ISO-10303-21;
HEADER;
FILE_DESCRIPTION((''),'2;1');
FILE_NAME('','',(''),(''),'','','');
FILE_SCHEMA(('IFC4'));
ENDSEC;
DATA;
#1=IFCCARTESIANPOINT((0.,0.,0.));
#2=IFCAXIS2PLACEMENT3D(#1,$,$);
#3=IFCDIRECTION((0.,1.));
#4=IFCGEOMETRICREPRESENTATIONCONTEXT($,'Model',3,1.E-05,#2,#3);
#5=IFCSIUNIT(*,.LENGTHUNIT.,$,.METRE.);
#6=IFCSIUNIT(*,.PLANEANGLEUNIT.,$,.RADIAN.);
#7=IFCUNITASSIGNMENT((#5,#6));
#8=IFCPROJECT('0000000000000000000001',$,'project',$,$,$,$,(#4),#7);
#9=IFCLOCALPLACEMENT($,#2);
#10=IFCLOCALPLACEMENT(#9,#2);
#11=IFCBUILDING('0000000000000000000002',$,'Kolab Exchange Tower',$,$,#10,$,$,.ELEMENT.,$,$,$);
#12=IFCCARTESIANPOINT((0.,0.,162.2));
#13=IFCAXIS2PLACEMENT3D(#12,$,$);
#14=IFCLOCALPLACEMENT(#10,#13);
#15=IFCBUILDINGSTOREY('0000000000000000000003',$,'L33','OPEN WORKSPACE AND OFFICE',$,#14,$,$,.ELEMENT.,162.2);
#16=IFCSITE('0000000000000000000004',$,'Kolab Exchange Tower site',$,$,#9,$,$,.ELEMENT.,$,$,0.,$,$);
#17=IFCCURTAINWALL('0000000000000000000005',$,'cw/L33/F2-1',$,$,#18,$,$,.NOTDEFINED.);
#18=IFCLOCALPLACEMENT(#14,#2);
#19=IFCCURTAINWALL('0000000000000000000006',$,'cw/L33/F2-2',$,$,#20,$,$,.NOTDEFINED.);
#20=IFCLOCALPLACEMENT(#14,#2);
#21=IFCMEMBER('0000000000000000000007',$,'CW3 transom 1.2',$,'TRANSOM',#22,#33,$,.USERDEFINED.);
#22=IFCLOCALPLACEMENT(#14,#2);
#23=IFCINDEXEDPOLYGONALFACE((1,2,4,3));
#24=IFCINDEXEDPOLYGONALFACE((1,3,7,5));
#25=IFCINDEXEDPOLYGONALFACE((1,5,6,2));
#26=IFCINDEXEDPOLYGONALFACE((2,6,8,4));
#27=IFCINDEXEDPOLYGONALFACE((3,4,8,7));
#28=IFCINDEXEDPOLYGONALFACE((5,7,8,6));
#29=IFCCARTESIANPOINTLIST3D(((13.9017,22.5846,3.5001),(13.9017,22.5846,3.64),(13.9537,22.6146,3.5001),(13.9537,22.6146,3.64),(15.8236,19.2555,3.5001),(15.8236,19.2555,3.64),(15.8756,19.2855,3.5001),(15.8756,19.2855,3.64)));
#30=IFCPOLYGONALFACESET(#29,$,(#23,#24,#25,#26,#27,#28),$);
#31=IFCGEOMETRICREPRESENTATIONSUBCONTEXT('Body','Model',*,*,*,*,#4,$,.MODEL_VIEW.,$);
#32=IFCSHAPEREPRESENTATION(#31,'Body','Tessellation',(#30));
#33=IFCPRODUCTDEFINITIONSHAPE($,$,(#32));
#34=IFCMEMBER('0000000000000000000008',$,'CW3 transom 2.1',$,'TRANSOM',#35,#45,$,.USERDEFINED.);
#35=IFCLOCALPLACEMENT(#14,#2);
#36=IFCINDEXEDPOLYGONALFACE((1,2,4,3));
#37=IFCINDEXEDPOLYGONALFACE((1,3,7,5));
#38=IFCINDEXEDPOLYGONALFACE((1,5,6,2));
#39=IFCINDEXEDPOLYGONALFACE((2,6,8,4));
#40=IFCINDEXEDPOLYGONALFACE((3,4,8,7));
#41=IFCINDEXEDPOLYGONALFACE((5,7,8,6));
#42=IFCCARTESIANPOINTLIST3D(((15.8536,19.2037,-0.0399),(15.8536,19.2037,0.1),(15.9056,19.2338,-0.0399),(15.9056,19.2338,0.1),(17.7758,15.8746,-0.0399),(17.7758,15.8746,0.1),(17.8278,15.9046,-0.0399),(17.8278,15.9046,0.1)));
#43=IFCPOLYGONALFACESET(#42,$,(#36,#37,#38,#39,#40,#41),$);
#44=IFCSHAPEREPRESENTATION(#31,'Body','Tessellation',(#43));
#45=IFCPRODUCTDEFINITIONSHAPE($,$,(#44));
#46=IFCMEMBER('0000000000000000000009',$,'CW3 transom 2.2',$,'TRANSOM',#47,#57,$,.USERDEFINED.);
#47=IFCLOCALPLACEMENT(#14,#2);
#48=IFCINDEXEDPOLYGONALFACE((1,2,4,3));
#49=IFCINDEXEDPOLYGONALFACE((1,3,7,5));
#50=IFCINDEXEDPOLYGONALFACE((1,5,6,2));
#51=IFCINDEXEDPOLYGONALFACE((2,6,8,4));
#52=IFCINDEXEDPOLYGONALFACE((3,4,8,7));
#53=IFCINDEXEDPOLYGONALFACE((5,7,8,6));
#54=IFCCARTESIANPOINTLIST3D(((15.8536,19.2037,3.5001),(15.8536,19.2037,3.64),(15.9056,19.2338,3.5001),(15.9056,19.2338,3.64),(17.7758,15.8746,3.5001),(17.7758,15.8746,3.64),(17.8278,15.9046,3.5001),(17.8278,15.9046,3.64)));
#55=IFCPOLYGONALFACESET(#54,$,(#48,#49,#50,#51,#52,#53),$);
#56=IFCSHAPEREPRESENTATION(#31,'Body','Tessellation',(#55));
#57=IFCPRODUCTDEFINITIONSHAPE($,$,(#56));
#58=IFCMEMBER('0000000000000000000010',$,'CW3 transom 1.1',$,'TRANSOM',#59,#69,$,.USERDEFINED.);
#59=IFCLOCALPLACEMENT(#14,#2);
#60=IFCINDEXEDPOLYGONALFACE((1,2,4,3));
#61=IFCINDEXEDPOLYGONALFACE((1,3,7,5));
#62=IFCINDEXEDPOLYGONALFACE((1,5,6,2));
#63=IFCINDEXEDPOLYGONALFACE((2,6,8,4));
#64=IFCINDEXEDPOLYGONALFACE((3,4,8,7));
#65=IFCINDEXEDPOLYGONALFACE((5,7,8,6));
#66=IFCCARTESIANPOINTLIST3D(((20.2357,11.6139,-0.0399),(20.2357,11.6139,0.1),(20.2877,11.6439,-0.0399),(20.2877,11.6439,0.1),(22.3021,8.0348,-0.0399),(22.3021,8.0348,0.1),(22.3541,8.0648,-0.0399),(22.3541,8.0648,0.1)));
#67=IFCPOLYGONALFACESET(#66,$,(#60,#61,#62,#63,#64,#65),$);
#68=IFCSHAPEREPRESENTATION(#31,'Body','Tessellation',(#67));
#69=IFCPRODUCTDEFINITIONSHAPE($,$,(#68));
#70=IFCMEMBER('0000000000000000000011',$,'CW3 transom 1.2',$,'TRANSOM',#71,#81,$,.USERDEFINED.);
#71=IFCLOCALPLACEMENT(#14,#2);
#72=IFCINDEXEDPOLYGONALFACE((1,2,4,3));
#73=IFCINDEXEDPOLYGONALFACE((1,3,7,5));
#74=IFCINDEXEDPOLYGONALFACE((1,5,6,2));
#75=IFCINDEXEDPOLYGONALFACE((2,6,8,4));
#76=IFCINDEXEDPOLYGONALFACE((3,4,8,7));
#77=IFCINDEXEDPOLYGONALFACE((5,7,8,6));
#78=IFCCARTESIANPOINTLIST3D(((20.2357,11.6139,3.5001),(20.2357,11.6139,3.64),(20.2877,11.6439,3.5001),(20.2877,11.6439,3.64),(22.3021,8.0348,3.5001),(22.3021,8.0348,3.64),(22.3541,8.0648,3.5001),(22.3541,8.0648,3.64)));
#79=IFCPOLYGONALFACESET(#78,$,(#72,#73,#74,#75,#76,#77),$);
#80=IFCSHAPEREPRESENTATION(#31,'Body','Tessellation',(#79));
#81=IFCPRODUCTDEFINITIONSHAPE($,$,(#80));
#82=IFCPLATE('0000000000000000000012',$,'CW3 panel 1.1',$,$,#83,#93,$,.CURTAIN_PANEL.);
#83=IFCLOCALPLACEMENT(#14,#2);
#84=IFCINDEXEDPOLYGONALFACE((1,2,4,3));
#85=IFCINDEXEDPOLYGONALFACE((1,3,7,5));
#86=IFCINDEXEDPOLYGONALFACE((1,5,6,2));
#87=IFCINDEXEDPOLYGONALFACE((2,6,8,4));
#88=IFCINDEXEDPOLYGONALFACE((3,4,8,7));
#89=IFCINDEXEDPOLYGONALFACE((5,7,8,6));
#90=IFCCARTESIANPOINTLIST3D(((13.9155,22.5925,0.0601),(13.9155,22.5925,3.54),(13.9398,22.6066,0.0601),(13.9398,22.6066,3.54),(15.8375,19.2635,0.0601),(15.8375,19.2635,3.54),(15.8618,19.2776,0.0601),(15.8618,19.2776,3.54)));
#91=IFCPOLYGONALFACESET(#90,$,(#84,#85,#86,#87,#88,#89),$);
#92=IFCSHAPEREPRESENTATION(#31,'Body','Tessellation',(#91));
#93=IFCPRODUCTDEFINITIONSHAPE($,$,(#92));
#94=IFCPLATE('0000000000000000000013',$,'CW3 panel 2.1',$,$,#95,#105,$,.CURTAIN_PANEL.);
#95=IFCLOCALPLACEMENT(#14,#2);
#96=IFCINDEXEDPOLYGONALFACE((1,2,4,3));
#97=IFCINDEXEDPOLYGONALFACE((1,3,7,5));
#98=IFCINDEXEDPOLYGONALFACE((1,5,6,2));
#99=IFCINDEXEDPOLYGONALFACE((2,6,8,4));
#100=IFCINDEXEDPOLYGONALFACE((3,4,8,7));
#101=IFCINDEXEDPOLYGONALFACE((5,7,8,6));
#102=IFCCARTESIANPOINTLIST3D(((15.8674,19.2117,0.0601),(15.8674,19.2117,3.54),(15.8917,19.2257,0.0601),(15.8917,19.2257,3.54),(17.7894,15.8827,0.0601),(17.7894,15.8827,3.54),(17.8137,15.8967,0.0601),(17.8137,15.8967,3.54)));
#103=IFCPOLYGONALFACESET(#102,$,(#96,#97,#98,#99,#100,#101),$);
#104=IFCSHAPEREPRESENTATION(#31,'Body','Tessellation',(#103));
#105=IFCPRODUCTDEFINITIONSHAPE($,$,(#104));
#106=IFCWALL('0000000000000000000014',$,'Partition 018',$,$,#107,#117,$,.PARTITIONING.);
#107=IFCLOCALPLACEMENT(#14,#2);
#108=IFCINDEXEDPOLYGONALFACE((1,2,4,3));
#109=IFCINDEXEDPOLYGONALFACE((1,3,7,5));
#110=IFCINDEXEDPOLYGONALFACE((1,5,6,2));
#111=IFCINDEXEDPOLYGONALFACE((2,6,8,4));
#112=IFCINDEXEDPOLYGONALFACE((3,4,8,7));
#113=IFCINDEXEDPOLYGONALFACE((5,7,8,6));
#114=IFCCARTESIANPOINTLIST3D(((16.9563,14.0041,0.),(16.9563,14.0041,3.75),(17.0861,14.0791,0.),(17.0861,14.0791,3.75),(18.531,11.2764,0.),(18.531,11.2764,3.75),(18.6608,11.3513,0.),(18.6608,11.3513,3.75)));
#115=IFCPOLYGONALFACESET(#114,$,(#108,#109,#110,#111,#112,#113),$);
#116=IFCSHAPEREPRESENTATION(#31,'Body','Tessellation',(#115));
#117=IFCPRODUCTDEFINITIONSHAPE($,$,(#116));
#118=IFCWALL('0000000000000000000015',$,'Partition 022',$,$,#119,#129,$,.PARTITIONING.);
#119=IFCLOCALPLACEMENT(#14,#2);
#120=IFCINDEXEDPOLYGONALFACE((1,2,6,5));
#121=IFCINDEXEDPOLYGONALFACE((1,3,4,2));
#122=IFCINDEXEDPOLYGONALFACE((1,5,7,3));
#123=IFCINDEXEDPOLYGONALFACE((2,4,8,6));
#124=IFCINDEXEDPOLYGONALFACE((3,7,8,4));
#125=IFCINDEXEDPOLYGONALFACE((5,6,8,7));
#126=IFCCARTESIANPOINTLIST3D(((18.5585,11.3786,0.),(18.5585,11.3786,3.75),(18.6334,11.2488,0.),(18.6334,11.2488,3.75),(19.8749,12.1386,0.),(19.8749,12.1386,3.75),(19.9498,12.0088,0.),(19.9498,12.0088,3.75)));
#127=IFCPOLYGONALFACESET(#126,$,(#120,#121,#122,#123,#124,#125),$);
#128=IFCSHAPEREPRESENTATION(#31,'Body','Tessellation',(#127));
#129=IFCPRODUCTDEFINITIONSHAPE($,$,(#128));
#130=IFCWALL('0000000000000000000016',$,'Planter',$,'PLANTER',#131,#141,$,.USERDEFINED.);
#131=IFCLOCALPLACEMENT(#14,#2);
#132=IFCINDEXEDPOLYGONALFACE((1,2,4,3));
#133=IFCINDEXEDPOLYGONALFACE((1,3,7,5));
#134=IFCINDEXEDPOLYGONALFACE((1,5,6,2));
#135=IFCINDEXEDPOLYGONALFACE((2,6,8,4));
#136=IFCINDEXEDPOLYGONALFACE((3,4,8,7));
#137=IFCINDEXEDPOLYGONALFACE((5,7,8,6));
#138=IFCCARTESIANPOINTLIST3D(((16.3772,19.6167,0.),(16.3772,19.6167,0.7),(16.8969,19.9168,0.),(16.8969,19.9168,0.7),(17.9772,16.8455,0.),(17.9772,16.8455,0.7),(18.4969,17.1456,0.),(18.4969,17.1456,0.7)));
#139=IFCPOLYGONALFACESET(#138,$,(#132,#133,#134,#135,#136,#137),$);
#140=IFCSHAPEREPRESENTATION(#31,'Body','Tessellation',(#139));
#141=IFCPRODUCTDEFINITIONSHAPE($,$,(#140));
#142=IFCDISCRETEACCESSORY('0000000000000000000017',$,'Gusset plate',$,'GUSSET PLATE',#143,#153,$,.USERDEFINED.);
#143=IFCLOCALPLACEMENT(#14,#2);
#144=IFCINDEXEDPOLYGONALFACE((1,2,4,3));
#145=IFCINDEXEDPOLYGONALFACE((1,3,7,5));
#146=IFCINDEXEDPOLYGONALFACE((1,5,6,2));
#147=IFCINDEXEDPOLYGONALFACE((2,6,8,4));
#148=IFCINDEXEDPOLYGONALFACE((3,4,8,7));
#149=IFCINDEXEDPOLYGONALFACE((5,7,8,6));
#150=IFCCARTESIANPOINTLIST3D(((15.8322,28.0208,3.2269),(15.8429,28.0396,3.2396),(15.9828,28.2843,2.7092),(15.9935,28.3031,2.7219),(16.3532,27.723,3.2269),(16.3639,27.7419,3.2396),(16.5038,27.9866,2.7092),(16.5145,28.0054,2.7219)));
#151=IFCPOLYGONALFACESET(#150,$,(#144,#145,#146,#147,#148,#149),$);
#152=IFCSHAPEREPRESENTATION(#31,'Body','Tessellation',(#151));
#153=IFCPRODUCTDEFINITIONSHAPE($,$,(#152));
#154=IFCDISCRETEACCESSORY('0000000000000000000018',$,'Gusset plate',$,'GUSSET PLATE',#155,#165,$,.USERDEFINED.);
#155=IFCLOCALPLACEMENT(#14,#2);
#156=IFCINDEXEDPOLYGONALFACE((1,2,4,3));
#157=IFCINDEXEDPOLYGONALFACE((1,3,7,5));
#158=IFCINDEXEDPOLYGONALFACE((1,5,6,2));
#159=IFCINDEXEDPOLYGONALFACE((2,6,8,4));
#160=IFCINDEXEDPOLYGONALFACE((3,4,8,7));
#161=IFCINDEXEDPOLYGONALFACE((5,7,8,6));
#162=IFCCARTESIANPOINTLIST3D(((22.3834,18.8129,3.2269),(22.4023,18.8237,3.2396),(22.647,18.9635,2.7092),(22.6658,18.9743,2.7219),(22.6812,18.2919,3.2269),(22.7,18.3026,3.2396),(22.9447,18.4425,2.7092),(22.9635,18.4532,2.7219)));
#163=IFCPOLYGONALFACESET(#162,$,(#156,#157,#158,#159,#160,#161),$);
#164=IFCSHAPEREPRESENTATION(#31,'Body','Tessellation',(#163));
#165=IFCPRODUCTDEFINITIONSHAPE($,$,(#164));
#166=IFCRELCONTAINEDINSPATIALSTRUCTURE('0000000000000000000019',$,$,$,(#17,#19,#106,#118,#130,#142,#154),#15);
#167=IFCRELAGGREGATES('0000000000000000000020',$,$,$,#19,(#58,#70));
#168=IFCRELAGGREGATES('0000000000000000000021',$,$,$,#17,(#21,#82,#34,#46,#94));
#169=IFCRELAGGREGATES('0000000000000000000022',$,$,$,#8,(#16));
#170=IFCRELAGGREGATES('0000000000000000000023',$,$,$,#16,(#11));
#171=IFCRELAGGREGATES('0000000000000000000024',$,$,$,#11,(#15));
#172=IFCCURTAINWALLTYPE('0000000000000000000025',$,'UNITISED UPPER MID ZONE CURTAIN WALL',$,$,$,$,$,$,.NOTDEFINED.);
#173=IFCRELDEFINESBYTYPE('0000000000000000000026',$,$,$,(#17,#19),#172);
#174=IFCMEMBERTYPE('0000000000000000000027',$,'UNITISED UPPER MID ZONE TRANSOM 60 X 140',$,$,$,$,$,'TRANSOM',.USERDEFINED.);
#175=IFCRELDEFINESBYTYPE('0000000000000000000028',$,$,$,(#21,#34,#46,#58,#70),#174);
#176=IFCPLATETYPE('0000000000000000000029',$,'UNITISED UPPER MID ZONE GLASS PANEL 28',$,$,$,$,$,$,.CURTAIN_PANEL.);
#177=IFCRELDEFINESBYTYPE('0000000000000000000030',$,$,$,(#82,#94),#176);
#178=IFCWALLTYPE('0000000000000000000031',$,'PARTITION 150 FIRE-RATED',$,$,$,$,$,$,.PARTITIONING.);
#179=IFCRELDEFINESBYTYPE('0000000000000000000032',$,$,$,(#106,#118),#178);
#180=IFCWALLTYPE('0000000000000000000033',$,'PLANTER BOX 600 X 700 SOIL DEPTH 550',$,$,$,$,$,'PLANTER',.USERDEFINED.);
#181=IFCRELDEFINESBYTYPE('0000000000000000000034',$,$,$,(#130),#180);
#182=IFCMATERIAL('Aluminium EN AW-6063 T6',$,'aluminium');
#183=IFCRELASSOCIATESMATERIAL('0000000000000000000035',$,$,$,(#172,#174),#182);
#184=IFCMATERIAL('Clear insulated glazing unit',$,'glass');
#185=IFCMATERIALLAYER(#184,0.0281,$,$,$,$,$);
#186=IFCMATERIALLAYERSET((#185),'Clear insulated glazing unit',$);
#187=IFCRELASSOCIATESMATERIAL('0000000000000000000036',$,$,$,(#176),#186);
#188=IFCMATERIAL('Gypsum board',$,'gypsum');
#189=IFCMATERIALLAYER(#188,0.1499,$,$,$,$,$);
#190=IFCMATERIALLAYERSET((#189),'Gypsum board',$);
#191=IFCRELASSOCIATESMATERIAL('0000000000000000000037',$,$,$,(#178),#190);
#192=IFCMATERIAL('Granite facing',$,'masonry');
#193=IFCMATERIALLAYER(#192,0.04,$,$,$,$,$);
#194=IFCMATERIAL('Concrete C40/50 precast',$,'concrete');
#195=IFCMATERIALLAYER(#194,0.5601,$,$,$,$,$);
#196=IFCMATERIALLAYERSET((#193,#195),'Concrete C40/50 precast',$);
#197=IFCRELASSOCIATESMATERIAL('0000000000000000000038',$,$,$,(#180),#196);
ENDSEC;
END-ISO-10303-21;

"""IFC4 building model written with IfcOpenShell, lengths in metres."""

from ifc_helpers import new_model, si_unit, direction, frame, frame_2d, origin, origin_2d, place, context, subcontext, project, spatial, rectangle, extrude, material, layer, layer_set, material_profile, profile_set, type_object, element, aggregate, save


model = new_model("IFC4")

# Units and contexts
model_context = context("Model", 3, precision=1e-05, world=origin(), true_north=direction((0.0, 1.0)))
body_context = subcontext(model_context, "Body", "Model", "MODEL_VIEW")
ifc_project = project(units=[si_unit("LENGTHUNIT", "METRE"), si_unit("PLANEANGLEUNIT", "RADIAN")], contexts=[model_context])

# Site, building, storey
site_placement = place(None, origin())
site = spatial("IfcSite", under=ifc_project, at=site_placement, Name="Kolab Exchange Tower site", CompositionType="ELEMENT", RefElevation=0.0)
building_placement = place(site_placement, origin())
building = spatial("IfcBuilding", under=site, at=building_placement, Name="Kolab Exchange Tower", CompositionType="ELEMENT")
storey_placement = place(building_placement, frame((0.0, 0.0, 162.2)))
storey = spatial("IfcBuildingStorey", under=building, at=storey_placement, Name="L33", Description="OPEN WORKSPACE AND OFFICE", CompositionType="ELEMENT", Elevation=162.2)

# Curtain wall
ifc_material_1 = material(Name="Aluminium EN AW-6063 T6", Category="aluminium")
curtain_wall_type = type_object("IfcCurtainWallType", Name="UNITISED UPPER MID ZONE CURTAIN WALL", PredefinedType="NOTDEFINED", material=ifc_material_1)
curtain_wall_1_placement = place(storey_placement, origin())
curtain_wall_1 = element("IfcCurtainWall", 1, at=curtain_wall_1_placement, inside=storey, type_object=curtain_wall_type, Name="cw/L33/F2-1", PredefinedType="NOTDEFINED")

# Curtain wall
curtain_wall_2_placement = place(storey_placement, origin())
curtain_wall_2 = element("IfcCurtainWall", 2, at=curtain_wall_2_placement, inside=storey, type_object=curtain_wall_type, Name="cw/L33/F2-2", PredefinedType="NOTDEFINED")

# Members
ifc_material_profile_1 = material_profile(ifc_material_1, rectangle(XDim=0.0601, YDim=0.1399, at=origin_2d()), Name="RECT 60X140")
ifc_profile_set_1 = profile_set([ifc_material_profile_1], Name="Aluminium EN AW-6063 T6")
member_type_1 = type_object("IfcMemberType", Name="UNITISED UPPER MID ZONE TRANSOM 60 X 140", ElementType="TRANSOM", PredefinedType="USERDEFINED", material=ifc_profile_set_1)
member_1_placement = place(storey_placement, frame((13.9277, 22.5996, 3.5701), z_axis=(0.499964, -0.866046, 0.0), x_axis=(0.866046, 0.499964, 0.0)))
member_1 = element("IfcMember", 3, at=member_1_placement, type_object=member_type_1, Name="CW3 transom 1.2", ObjectType="TRANSOM", PredefinedType="USERDEFINED", context=body_context, shape_type="SweptSolid", body=[
    extrude(rectangle(XDim=0.0601, YDim=0.1399, at=origin_2d()), origin(), (0.0, 0.0, 1.0), 3.844),
])
member_2_placement = place(storey_placement, frame((15.8796, 19.2188, 0.03), z_axis=(0.500012, -0.866018, 0.0), x_axis=(0.866018, 0.500012, 0.0)))
member_2 = element("IfcMember", 4, at=member_2_placement, type_object=member_type_1, Name="CW3 transom 2.1", ObjectType="TRANSOM", PredefinedType="USERDEFINED", context=body_context, shape_type="SweptSolid", body=[
    extrude(rectangle(XDim=0.0601, YDim=0.1399, at=origin_2d()), origin(), (0.0, 0.0, 1.0), 3.8442),
])
member_3_placement = place(storey_placement, frame((15.8796, 19.2188, 3.5701), z_axis=(0.500012, -0.866018, 0.0), x_axis=(0.866018, 0.500012, 0.0)))
member_3 = element("IfcMember", 5, at=member_3_placement, type_object=member_type_1, Name="CW3 transom 2.2", ObjectType="TRANSOM", PredefinedType="USERDEFINED", context=body_context, shape_type="SweptSolid", body=[
    extrude(rectangle(XDim=0.0601, YDim=0.1399, at=origin_2d()), origin(), (0.0, 0.0, 1.0), 3.8442),
])
member_4_placement = place(storey_placement, frame((20.2617, 11.6289, 0.03), z_axis=(0.500002, -0.866024, 0.0), x_axis=(0.866024, 0.500002, 0.0)))
member_4 = element("IfcMember", 6, at=member_4_placement, type_object=member_type_1, Name="CW3 transom 1.1", ObjectType="TRANSOM", PredefinedType="USERDEFINED", context=body_context, shape_type="SweptSolid", body=[
    extrude(rectangle(XDim=0.0601, YDim=0.1399, at=origin_2d()), origin(), (0.0, 0.0, 1.0), 4.1328),
])
member_5_placement = place(storey_placement, frame((20.2617, 11.6289, 3.5701), z_axis=(0.500002, -0.866024, 0.0), x_axis=(0.866024, 0.500002, 0.0)))
member_5 = element("IfcMember", 7, at=member_5_placement, type_object=member_type_1, Name="CW3 transom 1.2", ObjectType="TRANSOM", PredefinedType="USERDEFINED", context=body_context, shape_type="SweptSolid", body=[
    extrude(rectangle(XDim=0.0601, YDim=0.1399, at=origin_2d()), origin(), (0.0, 0.0, 1.0), 4.1328),
])
aggregate(curtain_wall_2, [member_4, member_5])

# Plates
ifc_material_2 = material(Name="Clear insulated glazing unit", Category="glass")
ifc_layer_1 = layer(ifc_material_2, 0.0281)
ifc_layer_set_1 = layer_set([ifc_layer_1], Name="Clear insulated glazing unit")
plate_type = type_object("IfcPlateType", Name="UNITISED UPPER MID ZONE GLASS PANEL 28", PredefinedType="CURTAIN_PANEL", material=ifc_layer_set_1)
plate_1_placement = place(storey_placement, frame((14.8887, 20.9351, 0.0601), z_axis=(0.0, 0.0, 1.0), x_axis=(0.5, -0.866025, 0.0)))
plate_1 = element("IfcPlate", 8, at=plate_1_placement, type_object=plate_type, Name="CW3 panel 1.1", PredefinedType="CURTAIN_PANEL", context=body_context, shape_type="SweptSolid", body=[
    extrude(rectangle(XDim=3.844, YDim=0.0281, at=origin_2d()), origin(), (0.0, 0.0, 1.0), 3.48),
])
plate_2_placement = place(storey_placement, frame((16.8406, 17.5542, 0.0601), z_axis=(0.0, 0.0, 1.0), x_axis=(0.5, -0.866025, 0.0)))
plate_2 = element("IfcPlate", 9, at=plate_2_placement, type_object=plate_type, Name="CW3 panel 2.1", PredefinedType="CURTAIN_PANEL", context=body_context, shape_type="SweptSolid", body=[
    extrude(rectangle(XDim=3.844, YDim=0.0281, at=origin_2d()), origin(), (0.0, 0.0, 1.0), 3.48),
])
aggregate(curtain_wall_1, [member_1, plate_1, member_2, member_3, plate_2])

# Walls
ifc_material_3 = material(Name="Gypsum board", Category="gypsum")
ifc_layer_2 = layer(ifc_material_3, 0.1499)
ifc_layer_set_2 = layer_set([ifc_layer_2], Name="Gypsum board")
wall_type_1 = type_object("IfcWallType", Name="PARTITION 150 FIRE-RATED", PredefinedType="PARTITIONING", material=ifc_layer_set_2)
wall_1_placement = place(storey_placement, frame((17.0212, 14.0415, 0.0), z_axis=(0.0, 0.0, 1.0), x_axis=(0.499957, -0.86605, 0.0)))
element("IfcWall", 10, at=wall_1_placement, inside=storey, type_object=wall_type_1, Name="Partition 018", PredefinedType="PARTITIONING", context=body_context, shape_type="SweptSolid", body=[
    extrude(rectangle(XDim=3.1497, YDim=0.1499, at=frame_2d((1.5747, 0.0))), origin(), (0.0, 0.0, 1.0), 3.75),
])
wall_2_placement = place(storey_placement, frame((18.5959, 11.3137, 0.0), z_axis=(0.0, 0.0, 1.0), x_axis=(0.86603, 0.499991, 0.0)))
element("IfcWall", 11, at=wall_2_placement, inside=storey, type_object=wall_type_1, Name="Partition 022", PredefinedType="PARTITIONING", context=body_context, shape_type="SweptSolid", body=[
    extrude(rectangle(XDim=1.52, YDim=0.1499, at=frame_2d((0.76, 0.0))), origin(), (0.0, 0.0, 1.0), 3.75),
])
ifc_material_4 = material(Name="Granite facing", Category="masonry")
ifc_layer_3 = layer(ifc_material_4, 0.04)
ifc_material_5 = material(Name="Concrete C40/50 precast", Category="concrete")
ifc_layer_4 = layer(ifc_material_5, 0.5601)
ifc_layer_set_3 = layer_set([ifc_layer_3, ifc_layer_4], Name="Concrete C40/50 precast")
wall_type_2 = type_object("IfcWallType", Name="PLANTER BOX 600 X 700 SOIL DEPTH 550", ElementType="PLANTER", PredefinedType="USERDEFINED", material=ifc_layer_set_3)
wall_3_placement = place(storey_placement, frame((16.637, 19.7668, 0.0), z_axis=(0.0, 0.0, 1.0), x_axis=(0.500028, -0.866009, 0.0)))
element("IfcWall", 12, at=wall_3_placement, inside=storey, type_object=wall_type_2, Name="Planter", ObjectType="PLANTER", PredefinedType="USERDEFINED", context=body_context, shape_type="SweptSolid", body=[
    extrude(rectangle(XDim=3.2, YDim=0.6001, at=frame_2d((1.6001, 0.0))), origin(), (0.0, 0.0, 1.0), 0.7),
])

# Discrete accessories
for number, where, z_axis, x_axis, name in (
    (13, (16.168, 28.0037, 2.968), (0.427992, 0.748986, 0.505809), (-0.868243, 0.496139, 0.0), "Gusset plate"),
    (14, (22.6641, 18.6277, 2.968), (0.748986, 0.427992, 0.505809), (-0.496139, 0.868243, 0.0), "Gusset plate"),
):
    element("IfcDiscreteAccessory", number, at=place(storey_placement, frame(where, z_axis=z_axis, x_axis=x_axis)), inside=storey, Name=name, ObjectType="GUSSET PLATE", PredefinedType="USERDEFINED", context=body_context, shape_type="SweptSolid", body=[
        extrude(rectangle(XDim=0.6001, YDim=0.6001, at=origin_2d()), origin(), (0.0, 0.0, 1.0), 0.0251),
    ])

save(model, "model.ifc")
